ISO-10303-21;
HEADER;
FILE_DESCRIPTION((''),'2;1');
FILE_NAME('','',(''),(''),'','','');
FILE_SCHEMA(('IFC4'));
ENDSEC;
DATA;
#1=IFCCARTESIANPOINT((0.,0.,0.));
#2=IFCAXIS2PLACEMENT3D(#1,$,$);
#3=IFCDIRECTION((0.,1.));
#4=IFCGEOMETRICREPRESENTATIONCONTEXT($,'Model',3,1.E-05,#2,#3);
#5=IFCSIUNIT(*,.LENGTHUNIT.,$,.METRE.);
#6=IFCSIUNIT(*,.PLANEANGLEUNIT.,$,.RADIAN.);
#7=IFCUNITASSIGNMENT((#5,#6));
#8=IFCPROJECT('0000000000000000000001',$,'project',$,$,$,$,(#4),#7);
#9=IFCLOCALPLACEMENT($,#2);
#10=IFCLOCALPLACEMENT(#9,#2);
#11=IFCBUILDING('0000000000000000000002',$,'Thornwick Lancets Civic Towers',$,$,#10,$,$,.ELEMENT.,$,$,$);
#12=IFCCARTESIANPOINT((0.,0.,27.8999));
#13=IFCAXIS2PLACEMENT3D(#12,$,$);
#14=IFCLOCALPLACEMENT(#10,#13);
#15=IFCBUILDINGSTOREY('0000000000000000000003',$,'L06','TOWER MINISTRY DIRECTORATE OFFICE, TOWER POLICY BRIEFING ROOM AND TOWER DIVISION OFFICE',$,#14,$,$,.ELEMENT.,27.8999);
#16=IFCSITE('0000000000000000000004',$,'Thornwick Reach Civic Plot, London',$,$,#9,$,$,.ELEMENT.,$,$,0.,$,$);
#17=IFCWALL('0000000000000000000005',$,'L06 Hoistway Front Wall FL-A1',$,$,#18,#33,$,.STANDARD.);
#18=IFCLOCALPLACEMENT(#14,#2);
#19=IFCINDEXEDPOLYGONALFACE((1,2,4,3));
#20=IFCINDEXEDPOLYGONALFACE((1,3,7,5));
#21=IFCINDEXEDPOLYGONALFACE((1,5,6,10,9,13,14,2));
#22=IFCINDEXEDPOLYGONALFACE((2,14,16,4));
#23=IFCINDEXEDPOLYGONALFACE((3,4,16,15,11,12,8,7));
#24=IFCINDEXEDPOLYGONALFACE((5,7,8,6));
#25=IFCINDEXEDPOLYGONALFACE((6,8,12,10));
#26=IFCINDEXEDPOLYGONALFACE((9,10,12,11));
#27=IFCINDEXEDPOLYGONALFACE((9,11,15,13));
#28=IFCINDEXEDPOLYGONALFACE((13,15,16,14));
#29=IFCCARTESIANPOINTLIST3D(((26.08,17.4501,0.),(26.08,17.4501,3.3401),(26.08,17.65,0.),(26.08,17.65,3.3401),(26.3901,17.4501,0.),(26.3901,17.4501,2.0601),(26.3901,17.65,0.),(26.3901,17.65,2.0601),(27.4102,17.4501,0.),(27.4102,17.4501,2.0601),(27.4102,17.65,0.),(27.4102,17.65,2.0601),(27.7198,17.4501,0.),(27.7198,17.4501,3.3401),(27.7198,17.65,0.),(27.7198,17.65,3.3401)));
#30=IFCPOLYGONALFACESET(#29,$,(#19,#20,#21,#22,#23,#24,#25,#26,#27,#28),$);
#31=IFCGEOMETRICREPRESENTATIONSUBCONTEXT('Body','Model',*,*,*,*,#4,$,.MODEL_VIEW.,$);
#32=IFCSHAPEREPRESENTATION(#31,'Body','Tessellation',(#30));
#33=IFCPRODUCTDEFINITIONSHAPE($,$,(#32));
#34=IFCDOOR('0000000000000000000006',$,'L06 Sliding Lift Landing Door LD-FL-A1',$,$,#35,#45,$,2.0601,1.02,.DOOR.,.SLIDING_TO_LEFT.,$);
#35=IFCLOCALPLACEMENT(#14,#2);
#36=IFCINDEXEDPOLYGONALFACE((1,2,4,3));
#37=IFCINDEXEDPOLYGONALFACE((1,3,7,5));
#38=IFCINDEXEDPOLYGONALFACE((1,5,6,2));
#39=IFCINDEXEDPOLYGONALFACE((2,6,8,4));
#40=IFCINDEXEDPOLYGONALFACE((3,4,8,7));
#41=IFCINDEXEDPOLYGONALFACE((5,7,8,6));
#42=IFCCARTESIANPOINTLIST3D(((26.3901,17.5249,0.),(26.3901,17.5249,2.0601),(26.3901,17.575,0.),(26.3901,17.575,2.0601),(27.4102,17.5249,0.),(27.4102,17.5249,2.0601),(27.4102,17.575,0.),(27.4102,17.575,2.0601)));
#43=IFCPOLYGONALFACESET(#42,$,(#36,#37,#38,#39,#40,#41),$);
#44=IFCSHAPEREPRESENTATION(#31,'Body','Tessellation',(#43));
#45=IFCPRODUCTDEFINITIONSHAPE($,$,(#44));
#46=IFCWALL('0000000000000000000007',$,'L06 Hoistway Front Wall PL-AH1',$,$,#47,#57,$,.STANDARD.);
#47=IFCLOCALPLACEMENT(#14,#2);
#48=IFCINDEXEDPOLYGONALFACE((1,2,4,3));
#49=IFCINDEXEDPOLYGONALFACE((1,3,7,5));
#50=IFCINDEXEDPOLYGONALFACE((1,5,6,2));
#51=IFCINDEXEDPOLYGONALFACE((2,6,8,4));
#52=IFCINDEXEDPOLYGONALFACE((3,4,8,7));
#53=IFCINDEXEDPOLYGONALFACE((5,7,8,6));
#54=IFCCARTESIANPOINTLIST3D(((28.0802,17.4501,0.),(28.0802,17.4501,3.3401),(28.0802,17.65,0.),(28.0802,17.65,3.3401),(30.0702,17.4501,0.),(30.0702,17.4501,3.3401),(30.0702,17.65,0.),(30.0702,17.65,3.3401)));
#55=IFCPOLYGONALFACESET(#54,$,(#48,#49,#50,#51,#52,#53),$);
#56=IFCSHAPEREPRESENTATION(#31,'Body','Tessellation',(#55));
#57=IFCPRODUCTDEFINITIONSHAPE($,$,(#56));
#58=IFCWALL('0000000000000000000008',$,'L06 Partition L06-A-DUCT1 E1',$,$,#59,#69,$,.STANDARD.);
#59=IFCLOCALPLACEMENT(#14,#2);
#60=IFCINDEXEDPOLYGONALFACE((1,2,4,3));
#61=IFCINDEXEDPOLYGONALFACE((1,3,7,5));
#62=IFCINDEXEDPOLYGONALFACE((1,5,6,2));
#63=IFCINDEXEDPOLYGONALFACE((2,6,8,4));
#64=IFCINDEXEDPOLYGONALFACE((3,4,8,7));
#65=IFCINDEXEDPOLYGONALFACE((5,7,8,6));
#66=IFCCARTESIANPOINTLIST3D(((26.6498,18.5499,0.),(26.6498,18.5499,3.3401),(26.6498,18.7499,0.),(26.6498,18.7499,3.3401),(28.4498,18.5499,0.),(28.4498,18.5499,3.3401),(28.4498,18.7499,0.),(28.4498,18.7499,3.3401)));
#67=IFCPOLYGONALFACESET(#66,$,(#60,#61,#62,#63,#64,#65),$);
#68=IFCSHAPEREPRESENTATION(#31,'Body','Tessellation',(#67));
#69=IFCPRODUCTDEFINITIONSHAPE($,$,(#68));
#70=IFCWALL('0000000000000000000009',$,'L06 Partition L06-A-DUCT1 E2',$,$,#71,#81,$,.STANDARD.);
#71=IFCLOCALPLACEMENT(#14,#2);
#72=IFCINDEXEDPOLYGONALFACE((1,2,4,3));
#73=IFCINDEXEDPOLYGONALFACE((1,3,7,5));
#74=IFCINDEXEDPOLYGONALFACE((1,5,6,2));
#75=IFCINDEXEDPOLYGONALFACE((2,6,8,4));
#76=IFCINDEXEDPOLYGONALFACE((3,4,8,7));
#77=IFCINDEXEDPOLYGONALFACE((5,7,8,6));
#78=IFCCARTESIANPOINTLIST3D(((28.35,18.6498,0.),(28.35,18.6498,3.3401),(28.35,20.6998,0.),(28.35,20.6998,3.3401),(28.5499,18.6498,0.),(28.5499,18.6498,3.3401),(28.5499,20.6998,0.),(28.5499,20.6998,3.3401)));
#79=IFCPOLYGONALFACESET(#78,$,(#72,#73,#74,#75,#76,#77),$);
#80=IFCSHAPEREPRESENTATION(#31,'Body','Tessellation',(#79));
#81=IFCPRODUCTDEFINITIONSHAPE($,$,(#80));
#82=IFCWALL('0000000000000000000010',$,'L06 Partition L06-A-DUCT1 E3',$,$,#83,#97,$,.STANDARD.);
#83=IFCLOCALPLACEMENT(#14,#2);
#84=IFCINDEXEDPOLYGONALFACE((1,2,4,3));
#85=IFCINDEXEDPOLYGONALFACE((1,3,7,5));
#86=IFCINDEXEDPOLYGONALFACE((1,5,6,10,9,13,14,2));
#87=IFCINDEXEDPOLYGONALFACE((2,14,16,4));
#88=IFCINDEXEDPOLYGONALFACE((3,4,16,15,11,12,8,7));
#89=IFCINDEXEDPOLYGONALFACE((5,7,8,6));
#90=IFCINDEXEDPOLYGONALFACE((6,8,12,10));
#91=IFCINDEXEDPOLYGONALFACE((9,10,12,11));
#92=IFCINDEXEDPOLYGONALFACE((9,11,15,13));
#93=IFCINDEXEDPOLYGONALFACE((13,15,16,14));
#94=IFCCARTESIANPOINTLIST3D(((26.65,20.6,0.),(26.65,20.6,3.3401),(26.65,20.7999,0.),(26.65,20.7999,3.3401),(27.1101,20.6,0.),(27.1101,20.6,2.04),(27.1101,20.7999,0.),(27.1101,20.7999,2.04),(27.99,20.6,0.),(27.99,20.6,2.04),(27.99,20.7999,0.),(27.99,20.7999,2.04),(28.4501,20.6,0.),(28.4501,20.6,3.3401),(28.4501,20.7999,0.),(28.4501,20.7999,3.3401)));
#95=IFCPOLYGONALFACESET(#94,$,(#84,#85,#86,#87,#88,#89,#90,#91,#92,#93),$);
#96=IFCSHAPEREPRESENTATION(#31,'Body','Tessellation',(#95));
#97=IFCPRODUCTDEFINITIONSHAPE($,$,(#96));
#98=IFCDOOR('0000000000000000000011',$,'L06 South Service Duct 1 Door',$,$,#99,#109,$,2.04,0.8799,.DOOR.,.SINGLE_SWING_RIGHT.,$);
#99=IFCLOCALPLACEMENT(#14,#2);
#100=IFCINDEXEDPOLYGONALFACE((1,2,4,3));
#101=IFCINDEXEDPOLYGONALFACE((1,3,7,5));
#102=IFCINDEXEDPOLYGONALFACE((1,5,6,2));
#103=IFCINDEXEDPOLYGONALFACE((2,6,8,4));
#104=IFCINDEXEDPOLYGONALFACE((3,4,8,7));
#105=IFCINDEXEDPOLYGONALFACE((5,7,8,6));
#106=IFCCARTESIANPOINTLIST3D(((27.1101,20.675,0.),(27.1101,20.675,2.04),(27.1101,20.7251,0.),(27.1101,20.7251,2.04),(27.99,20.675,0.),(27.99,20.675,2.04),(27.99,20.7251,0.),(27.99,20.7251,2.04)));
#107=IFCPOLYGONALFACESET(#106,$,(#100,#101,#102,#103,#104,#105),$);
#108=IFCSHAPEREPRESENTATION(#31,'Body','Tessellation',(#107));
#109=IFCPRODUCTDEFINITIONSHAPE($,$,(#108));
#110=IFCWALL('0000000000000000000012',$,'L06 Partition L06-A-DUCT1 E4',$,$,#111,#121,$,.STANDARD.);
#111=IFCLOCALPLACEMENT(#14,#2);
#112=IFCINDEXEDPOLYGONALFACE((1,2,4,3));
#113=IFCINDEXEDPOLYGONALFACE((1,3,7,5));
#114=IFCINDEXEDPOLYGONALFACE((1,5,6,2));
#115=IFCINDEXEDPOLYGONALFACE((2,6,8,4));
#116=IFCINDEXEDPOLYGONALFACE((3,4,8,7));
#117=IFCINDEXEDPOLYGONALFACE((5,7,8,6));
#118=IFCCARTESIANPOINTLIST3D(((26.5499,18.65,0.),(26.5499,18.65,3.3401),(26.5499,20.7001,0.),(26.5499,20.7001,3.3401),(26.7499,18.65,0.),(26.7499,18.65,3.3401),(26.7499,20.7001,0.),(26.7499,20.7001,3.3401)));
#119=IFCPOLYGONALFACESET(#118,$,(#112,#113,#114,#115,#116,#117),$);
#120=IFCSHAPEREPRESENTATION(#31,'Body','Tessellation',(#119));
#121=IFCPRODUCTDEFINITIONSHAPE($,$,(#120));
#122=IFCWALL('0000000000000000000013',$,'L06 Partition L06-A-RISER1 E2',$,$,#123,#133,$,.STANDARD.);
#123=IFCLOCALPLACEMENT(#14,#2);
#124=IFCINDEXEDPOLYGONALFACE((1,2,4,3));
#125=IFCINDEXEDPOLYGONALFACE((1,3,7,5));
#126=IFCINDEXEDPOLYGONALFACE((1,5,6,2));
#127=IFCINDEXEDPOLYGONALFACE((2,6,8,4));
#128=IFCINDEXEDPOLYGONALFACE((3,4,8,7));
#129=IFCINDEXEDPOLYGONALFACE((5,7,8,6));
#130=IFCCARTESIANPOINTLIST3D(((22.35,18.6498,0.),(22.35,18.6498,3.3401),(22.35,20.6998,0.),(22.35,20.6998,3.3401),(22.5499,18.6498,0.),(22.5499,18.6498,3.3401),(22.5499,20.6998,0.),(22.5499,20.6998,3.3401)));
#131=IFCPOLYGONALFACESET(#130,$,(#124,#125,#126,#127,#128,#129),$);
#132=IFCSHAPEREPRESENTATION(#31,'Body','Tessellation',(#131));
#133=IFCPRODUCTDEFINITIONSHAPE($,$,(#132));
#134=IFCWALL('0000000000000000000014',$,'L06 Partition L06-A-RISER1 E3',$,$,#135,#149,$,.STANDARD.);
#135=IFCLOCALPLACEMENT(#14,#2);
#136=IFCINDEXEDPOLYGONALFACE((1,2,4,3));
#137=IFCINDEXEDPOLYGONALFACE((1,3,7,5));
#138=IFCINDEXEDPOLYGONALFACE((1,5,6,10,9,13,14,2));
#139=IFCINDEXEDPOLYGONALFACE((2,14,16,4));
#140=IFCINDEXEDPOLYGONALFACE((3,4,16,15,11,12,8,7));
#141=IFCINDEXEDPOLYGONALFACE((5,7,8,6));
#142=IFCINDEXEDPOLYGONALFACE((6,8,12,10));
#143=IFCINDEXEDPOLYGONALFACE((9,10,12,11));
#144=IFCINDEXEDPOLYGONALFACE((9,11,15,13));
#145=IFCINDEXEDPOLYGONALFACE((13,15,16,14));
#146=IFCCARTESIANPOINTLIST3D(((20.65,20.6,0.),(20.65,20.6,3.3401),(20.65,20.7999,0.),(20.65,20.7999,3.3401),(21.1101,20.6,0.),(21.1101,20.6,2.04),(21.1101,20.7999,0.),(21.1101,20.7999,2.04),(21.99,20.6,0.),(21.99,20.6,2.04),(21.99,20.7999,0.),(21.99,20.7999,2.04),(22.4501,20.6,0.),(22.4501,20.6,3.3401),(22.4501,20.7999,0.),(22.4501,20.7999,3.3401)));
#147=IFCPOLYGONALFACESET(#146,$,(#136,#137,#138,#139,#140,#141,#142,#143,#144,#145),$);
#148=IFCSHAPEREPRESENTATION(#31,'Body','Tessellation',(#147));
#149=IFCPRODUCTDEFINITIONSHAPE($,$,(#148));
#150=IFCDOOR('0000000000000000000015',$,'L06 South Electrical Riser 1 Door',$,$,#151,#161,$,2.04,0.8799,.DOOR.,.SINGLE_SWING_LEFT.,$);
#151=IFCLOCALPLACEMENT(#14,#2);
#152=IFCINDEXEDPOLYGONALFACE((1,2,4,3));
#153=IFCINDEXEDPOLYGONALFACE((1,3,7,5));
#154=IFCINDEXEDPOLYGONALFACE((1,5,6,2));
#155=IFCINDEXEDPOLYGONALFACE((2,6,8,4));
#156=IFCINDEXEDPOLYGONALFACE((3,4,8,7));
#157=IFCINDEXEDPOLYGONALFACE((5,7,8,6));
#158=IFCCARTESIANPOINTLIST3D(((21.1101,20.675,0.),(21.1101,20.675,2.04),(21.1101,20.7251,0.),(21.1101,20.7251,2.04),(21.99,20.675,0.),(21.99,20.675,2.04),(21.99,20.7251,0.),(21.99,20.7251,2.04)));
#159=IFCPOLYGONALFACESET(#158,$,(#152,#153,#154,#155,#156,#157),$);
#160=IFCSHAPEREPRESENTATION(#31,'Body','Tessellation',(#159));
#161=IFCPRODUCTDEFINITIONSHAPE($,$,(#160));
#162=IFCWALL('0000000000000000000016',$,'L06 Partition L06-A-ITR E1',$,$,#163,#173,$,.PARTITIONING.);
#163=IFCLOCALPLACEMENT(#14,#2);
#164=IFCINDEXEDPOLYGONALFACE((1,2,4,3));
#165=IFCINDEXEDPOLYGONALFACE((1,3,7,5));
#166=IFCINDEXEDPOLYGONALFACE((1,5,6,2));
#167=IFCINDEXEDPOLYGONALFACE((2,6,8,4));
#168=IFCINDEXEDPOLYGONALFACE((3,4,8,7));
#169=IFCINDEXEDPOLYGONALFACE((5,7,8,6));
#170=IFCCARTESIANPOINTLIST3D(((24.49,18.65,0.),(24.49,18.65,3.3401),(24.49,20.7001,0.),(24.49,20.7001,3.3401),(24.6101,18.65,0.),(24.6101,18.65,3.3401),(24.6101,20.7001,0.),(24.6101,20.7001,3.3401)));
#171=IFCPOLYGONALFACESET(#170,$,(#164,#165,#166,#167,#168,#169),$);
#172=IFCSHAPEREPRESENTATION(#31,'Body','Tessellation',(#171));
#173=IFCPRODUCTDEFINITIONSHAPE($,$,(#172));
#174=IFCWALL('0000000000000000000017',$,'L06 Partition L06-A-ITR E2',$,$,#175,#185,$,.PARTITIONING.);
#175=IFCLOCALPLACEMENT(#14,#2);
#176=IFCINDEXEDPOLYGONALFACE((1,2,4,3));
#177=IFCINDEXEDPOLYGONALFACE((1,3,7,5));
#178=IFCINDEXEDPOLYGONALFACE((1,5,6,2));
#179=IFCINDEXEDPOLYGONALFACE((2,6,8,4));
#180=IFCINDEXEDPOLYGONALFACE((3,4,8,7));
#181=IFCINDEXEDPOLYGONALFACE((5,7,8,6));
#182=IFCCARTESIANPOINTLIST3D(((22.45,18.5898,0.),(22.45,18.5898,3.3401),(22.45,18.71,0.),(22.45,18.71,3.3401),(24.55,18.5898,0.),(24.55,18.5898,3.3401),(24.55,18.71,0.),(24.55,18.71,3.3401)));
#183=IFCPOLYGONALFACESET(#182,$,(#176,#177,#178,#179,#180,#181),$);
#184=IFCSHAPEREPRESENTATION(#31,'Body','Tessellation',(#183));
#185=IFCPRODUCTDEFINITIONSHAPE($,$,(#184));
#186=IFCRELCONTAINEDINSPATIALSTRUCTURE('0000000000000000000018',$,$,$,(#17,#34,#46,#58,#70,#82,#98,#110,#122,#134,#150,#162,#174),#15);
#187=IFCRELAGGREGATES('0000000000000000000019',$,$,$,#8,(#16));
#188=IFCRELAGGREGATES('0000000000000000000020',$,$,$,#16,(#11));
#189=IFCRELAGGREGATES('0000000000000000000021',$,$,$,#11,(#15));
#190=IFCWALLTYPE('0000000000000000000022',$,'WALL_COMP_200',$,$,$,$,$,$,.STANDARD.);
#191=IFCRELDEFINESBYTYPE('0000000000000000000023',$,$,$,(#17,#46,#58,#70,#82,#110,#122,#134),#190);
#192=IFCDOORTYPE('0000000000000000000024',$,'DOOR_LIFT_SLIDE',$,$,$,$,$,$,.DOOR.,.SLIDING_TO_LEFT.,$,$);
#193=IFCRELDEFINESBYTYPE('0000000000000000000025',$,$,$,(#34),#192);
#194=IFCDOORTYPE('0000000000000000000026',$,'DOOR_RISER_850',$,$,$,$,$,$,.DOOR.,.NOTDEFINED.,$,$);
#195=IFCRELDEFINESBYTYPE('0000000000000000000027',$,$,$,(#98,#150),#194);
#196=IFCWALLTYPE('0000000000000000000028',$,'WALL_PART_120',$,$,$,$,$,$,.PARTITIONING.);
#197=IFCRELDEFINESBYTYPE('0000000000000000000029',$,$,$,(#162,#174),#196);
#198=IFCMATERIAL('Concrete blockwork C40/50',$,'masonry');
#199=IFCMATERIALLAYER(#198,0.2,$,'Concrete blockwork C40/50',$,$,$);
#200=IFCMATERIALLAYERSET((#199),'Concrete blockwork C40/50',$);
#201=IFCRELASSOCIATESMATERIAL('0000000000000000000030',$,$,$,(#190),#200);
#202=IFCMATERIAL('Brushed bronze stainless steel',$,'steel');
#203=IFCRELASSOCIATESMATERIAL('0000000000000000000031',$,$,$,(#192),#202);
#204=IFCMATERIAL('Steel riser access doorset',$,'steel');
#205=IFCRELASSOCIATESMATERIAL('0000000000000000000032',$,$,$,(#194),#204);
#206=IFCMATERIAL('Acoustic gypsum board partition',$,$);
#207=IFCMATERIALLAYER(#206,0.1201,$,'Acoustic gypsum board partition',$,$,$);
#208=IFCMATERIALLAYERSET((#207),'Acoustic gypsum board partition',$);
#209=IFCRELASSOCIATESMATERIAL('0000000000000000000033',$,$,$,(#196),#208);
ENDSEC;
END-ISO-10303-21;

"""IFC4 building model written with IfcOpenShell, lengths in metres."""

from ifc_helpers import new_model, si_unit, direction, frame, frame_2d, origin, place, context, subcontext, project, spatial, rectangle, extrude, material, layer, layer_set, type_object, element, fill, save


model = new_model("IFC4")

# Units and contexts
model_context = context("Model", 3, precision=1e-05, world=origin(), true_north=direction((0.0, 1.0)))
body_context = subcontext(model_context, "Body", "Model", "MODEL_VIEW")
ifc_project = project(units=[si_unit("LENGTHUNIT", "METRE"), si_unit("PLANEANGLEUNIT", "RADIAN")], contexts=[model_context])

# Site, building, storey
site_placement = place(None, origin())
site = spatial("IfcSite", under=ifc_project, at=site_placement, Name="Thornwick Reach Civic Plot, London", CompositionType="ELEMENT", RefElevation=0.0)
building_placement = place(site_placement, origin())
building = spatial("IfcBuilding", under=site, at=building_placement, Name="Thornwick Lancets Civic Towers", CompositionType="ELEMENT")
storey_placement = place(building_placement, frame((0.0, 0.0, 27.8999)))
storey = spatial("IfcBuildingStorey", under=building, at=storey_placement, Name="L06", Description="TOWER MINISTRY DIRECTORATE OFFICE, TOWER POLICY BRIEFING ROOM AND TOWER DIVISION OFFICE", CompositionType="ELEMENT", Elevation=27.8999)

# Wall, opening, door
ifc_material_1 = material(Name="Concrete blockwork C40/50", Category="masonry")
ifc_layer_1 = layer(ifc_material_1, 0.2, Name="Concrete blockwork C40/50")
ifc_layer_set_1 = layer_set([ifc_layer_1], Name="Concrete blockwork C40/50")
wall_type_1 = type_object("IfcWallType", Name="WALL_COMP_200", PredefinedType="STANDARD", material=ifc_layer_set_1)
wall_1_placement = place(storey_placement, frame((26.0801, 17.55, 0.0), z_axis=(0.0, 0.0, 1.0), x_axis=(1.0, 0.0, 0.0)))
wall_1 = element("IfcWall", 1, at=wall_1_placement, inside=storey, type_object=wall_type_1, Name="L06 Hoistway Front Wall FL-A1", PredefinedType="STANDARD", context=body_context, shape_type="SweptSolid", body=[
    extrude(rectangle(XDim=1.6399, YDim=0.2, at=frame_2d((0.8198, 0.0))), origin(), (0.0, 0.0, 1.0), 3.3401),
])
opening_1_placement = place(wall_1_placement, frame((0.3101, 0.0, 0.0)))
opening_1 = element("IfcOpeningElement", 2, at=opening_1_placement, cuts=wall_1, PredefinedType="OPENING", context=body_context, shape_type="SweptSolid", body=[
    extrude(rectangle(XDim=1.02, YDim=2.0601, at=frame_2d((0.51, 1.03))), frame((0.0, 0.1099, 0.0), z_axis=(0.0, -1.0, 0.0), x_axis=(1.0, 0.0, 0.0)), (0.0, 0.0, 1.0), 0.22),
])
ifc_material_2 = material(Name="Brushed bronze stainless steel", Category="steel")
door_type_1 = type_object("IfcDoorType", Name="DOOR_LIFT_SLIDE", OperationType="SLIDING_TO_LEFT", PredefinedType="DOOR", material=ifc_material_2)
door_1_placement = place(opening_1_placement, origin())
door_1 = element("IfcDoor", 3, at=door_1_placement, inside=storey, type_object=door_type_1, Name="L06 Sliding Lift Landing Door LD-FL-A1", OperationType="SLIDING_TO_LEFT", OverallHeight=2.0601, OverallWidth=1.02, PredefinedType="DOOR", context=body_context, shape_type="SweptSolid", body=[
    extrude(rectangle(XDim=1.02, YDim=2.0601, at=frame_2d((0.51, 1.03))), frame((0.0, 0.0249, 0.0), z_axis=(0.0, -1.0, 0.0), x_axis=(1.0, 0.0, 0.0)), (0.0, 0.0, 1.0), 0.05),
])
fill(opening_1, door_1)

# Walls
wall_2_placement = place(storey_placement, frame((28.0801, 17.55, 0.0), z_axis=(0.0, 0.0, 1.0), x_axis=(1.0, 0.0, 0.0)))
element("IfcWall", 4, at=wall_2_placement, inside=storey, type_object=wall_type_1, Name="L06 Hoistway Front Wall PL-AH1", PredefinedType="STANDARD", context=body_context, shape_type="SweptSolid", body=[
    extrude(rectangle(XDim=1.99, YDim=0.2, at=frame_2d((0.9951, 0.0))), origin(), (0.0, 0.0, 1.0), 3.3401),
])
wall_3_placement = place(storey_placement, frame((26.6499, 18.6499, 0.0), z_axis=(0.0, 0.0, 1.0), x_axis=(1.0, 0.0, 0.0)))
element("IfcWall", 5, at=wall_3_placement, inside=storey, type_object=wall_type_1, Name="L06 Partition L06-A-DUCT1 E1", PredefinedType="STANDARD", context=body_context, shape_type="SweptSolid", body=[
    extrude(rectangle(XDim=1.8, YDim=0.2, at=frame_2d((0.8999, 0.0))), origin(), (0.0, 0.0, 1.0), 3.3401),
])
wall_4_placement = place(storey_placement, frame((28.45, 18.6499, 0.0), z_axis=(0.0, 0.0, 1.0), x_axis=(0.0, 1.0, 0.0)))
element("IfcWall", 6, at=wall_4_placement, inside=storey, type_object=wall_type_1, Name="L06 Partition L06-A-DUCT1 E2", PredefinedType="STANDARD", context=body_context, shape_type="SweptSolid", body=[
    extrude(rectangle(XDim=2.05, YDim=0.2, at=frame_2d((1.0249, 0.0))), origin(), (0.0, 0.0, 1.0), 3.3401),
])

# Wall, opening, door
wall_5_placement = place(storey_placement, frame((28.45, 20.7, 0.0), z_axis=(0.0, 0.0, 1.0), x_axis=(-1.0, 0.0, 0.0)))
wall_5 = element("IfcWall", 7, at=wall_5_placement, inside=storey, type_object=wall_type_1, Name="L06 Partition L06-A-DUCT1 E3", PredefinedType="STANDARD", context=body_context, shape_type="SweptSolid", body=[
    extrude(rectangle(XDim=1.8, YDim=0.2, at=frame_2d((0.8999, 0.0))), origin(), (0.0, 0.0, 1.0), 3.3401),
])
opening_2_placement = place(wall_5_placement, frame((0.46, 0.0, 0.0)))
opening_2 = element("IfcOpeningElement", 8, at=opening_2_placement, cuts=wall_5, PredefinedType="OPENING", context=body_context, shape_type="SweptSolid", body=[
    extrude(rectangle(XDim=0.8799, YDim=2.04, at=frame_2d((0.4399, 1.02))), frame((0.0, 0.1099, 0.0), z_axis=(0.0, -1.0, 0.0), x_axis=(1.0, 0.0, 0.0)), (0.0, 0.0, 1.0), 0.22),
])
ifc_material_3 = material(Name="Steel riser access doorset", Category="steel")
door_type_2 = type_object("IfcDoorType", Name="DOOR_RISER_850", OperationType="NOTDEFINED", PredefinedType="DOOR", material=ifc_material_3)
door_2_placement = place(opening_2_placement, origin())
door_2 = element("IfcDoor", 9, at=door_2_placement, inside=storey, type_object=door_type_2, Name="L06 South Service Duct 1 Door", OperationType="SINGLE_SWING_RIGHT", OverallHeight=2.04, OverallWidth=0.8799, PredefinedType="DOOR", context=body_context, shape_type="SweptSolid", body=[
    extrude(rectangle(XDim=0.8799, YDim=2.04, at=frame_2d((0.4399, 1.02))), frame((0.0, 0.0249, 0.0), z_axis=(0.0, -1.0, 0.0), x_axis=(1.0, 0.0, 0.0)), (0.0, 0.0, 1.0), 0.05),
])
fill(opening_2, door_2)

# Walls
for number, where, z_axis, x_axis, name in (
    (10, (26.6499, 20.7, 0.0), (0.0, 0.0, 1.0), (0.0, -1.0, 0.0), "L06 Partition L06-A-DUCT1 E4"),
    (11, (22.45, 18.6499, 0.0), (0.0, 0.0, 1.0), (0.0, 1.0, 0.0), "L06 Partition L06-A-RISER1 E2"),
):
    element("IfcWall", number, at=place(storey_placement, frame(where, z_axis=z_axis, x_axis=x_axis)), inside=storey, type_object=wall_type_1, Name=name, PredefinedType="STANDARD", context=body_context, shape_type="SweptSolid", body=[
        extrude(rectangle(XDim=2.05, YDim=0.2, at=frame_2d((1.0249, 0.0))), origin(), (0.0, 0.0, 1.0), 3.3401),
    ])

# Wall, opening, door
wall_6_placement = place(storey_placement, frame((22.45, 20.7, 0.0), z_axis=(0.0, 0.0, 1.0), x_axis=(-1.0, 0.0, 0.0)))
wall_6 = element("IfcWall", 12, at=wall_6_placement, inside=storey, type_object=wall_type_1, Name="L06 Partition L06-A-RISER1 E3", PredefinedType="STANDARD", context=body_context, shape_type="SweptSolid", body=[
    extrude(rectangle(XDim=1.8, YDim=0.2, at=frame_2d((0.8999, 0.0))), origin(), (0.0, 0.0, 1.0), 3.3401),
])
opening_3_placement = place(wall_6_placement, frame((0.46, 0.0, 0.0)))
opening_3 = element("IfcOpeningElement", 13, at=opening_3_placement, cuts=wall_6, PredefinedType="OPENING", context=body_context, shape_type="SweptSolid", body=[
    extrude(rectangle(XDim=0.8799, YDim=2.04, at=frame_2d((0.4399, 1.02))), frame((0.0, 0.1099, 0.0), z_axis=(0.0, -1.0, 0.0), x_axis=(1.0, 0.0, 0.0)), (0.0, 0.0, 1.0), 0.22),
])
door_3_placement = place(opening_3_placement, origin())
door_3 = element("IfcDoor", 14, at=door_3_placement, inside=storey, type_object=door_type_2, Name="L06 South Electrical Riser 1 Door", OperationType="SINGLE_SWING_LEFT", OverallHeight=2.04, OverallWidth=0.8799, PredefinedType="DOOR", context=body_context, shape_type="SweptSolid", body=[
    extrude(rectangle(XDim=0.8799, YDim=2.04, at=frame_2d((0.4399, 1.02))), frame((0.0, 0.0249, 0.0), z_axis=(0.0, -1.0, 0.0), x_axis=(1.0, 0.0, 0.0)), (0.0, 0.0, 1.0), 0.05),
])
fill(opening_3, door_3)

# Walls
ifc_material_4 = material(Name="Acoustic gypsum board partition")
ifc_layer_2 = layer(ifc_material_4, 0.1201, Name="Acoustic gypsum board partition")
ifc_layer_set_2 = layer_set([ifc_layer_2], Name="Acoustic gypsum board partition")
wall_type_2 = type_object("IfcWallType", Name="WALL_PART_120", PredefinedType="PARTITIONING", material=ifc_layer_set_2)
wall_7_placement = place(storey_placement, frame((24.55, 20.7, 0.0), z_axis=(0.0, 0.0, 1.0), x_axis=(0.0, -1.0, 0.0)))
element("IfcWall", 15, at=wall_7_placement, inside=storey, type_object=wall_type_2, Name="L06 Partition L06-A-ITR E1", PredefinedType="PARTITIONING", context=body_context, shape_type="SweptSolid", body=[
    extrude(rectangle(XDim=2.05, YDim=0.1201, at=frame_2d((1.0249, 0.0))), origin(), (0.0, 0.0, 1.0), 3.3401),
])
wall_8_placement = place(storey_placement, frame((24.55, 18.6499, 0.0), z_axis=(0.0, 0.0, 1.0), x_axis=(-1.0, 0.0, 0.0)))
element("IfcWall", 16, at=wall_8_placement, inside=storey, type_object=wall_type_2, Name="L06 Partition L06-A-ITR E2", PredefinedType="PARTITIONING", context=body_context, shape_type="SweptSolid", body=[
    extrude(rectangle(XDim=2.1001, YDim=0.1201, at=frame_2d((1.05, 0.0))), origin(), (0.0, 0.0, 1.0), 3.3401),
])

save(model, "model.ifc")
